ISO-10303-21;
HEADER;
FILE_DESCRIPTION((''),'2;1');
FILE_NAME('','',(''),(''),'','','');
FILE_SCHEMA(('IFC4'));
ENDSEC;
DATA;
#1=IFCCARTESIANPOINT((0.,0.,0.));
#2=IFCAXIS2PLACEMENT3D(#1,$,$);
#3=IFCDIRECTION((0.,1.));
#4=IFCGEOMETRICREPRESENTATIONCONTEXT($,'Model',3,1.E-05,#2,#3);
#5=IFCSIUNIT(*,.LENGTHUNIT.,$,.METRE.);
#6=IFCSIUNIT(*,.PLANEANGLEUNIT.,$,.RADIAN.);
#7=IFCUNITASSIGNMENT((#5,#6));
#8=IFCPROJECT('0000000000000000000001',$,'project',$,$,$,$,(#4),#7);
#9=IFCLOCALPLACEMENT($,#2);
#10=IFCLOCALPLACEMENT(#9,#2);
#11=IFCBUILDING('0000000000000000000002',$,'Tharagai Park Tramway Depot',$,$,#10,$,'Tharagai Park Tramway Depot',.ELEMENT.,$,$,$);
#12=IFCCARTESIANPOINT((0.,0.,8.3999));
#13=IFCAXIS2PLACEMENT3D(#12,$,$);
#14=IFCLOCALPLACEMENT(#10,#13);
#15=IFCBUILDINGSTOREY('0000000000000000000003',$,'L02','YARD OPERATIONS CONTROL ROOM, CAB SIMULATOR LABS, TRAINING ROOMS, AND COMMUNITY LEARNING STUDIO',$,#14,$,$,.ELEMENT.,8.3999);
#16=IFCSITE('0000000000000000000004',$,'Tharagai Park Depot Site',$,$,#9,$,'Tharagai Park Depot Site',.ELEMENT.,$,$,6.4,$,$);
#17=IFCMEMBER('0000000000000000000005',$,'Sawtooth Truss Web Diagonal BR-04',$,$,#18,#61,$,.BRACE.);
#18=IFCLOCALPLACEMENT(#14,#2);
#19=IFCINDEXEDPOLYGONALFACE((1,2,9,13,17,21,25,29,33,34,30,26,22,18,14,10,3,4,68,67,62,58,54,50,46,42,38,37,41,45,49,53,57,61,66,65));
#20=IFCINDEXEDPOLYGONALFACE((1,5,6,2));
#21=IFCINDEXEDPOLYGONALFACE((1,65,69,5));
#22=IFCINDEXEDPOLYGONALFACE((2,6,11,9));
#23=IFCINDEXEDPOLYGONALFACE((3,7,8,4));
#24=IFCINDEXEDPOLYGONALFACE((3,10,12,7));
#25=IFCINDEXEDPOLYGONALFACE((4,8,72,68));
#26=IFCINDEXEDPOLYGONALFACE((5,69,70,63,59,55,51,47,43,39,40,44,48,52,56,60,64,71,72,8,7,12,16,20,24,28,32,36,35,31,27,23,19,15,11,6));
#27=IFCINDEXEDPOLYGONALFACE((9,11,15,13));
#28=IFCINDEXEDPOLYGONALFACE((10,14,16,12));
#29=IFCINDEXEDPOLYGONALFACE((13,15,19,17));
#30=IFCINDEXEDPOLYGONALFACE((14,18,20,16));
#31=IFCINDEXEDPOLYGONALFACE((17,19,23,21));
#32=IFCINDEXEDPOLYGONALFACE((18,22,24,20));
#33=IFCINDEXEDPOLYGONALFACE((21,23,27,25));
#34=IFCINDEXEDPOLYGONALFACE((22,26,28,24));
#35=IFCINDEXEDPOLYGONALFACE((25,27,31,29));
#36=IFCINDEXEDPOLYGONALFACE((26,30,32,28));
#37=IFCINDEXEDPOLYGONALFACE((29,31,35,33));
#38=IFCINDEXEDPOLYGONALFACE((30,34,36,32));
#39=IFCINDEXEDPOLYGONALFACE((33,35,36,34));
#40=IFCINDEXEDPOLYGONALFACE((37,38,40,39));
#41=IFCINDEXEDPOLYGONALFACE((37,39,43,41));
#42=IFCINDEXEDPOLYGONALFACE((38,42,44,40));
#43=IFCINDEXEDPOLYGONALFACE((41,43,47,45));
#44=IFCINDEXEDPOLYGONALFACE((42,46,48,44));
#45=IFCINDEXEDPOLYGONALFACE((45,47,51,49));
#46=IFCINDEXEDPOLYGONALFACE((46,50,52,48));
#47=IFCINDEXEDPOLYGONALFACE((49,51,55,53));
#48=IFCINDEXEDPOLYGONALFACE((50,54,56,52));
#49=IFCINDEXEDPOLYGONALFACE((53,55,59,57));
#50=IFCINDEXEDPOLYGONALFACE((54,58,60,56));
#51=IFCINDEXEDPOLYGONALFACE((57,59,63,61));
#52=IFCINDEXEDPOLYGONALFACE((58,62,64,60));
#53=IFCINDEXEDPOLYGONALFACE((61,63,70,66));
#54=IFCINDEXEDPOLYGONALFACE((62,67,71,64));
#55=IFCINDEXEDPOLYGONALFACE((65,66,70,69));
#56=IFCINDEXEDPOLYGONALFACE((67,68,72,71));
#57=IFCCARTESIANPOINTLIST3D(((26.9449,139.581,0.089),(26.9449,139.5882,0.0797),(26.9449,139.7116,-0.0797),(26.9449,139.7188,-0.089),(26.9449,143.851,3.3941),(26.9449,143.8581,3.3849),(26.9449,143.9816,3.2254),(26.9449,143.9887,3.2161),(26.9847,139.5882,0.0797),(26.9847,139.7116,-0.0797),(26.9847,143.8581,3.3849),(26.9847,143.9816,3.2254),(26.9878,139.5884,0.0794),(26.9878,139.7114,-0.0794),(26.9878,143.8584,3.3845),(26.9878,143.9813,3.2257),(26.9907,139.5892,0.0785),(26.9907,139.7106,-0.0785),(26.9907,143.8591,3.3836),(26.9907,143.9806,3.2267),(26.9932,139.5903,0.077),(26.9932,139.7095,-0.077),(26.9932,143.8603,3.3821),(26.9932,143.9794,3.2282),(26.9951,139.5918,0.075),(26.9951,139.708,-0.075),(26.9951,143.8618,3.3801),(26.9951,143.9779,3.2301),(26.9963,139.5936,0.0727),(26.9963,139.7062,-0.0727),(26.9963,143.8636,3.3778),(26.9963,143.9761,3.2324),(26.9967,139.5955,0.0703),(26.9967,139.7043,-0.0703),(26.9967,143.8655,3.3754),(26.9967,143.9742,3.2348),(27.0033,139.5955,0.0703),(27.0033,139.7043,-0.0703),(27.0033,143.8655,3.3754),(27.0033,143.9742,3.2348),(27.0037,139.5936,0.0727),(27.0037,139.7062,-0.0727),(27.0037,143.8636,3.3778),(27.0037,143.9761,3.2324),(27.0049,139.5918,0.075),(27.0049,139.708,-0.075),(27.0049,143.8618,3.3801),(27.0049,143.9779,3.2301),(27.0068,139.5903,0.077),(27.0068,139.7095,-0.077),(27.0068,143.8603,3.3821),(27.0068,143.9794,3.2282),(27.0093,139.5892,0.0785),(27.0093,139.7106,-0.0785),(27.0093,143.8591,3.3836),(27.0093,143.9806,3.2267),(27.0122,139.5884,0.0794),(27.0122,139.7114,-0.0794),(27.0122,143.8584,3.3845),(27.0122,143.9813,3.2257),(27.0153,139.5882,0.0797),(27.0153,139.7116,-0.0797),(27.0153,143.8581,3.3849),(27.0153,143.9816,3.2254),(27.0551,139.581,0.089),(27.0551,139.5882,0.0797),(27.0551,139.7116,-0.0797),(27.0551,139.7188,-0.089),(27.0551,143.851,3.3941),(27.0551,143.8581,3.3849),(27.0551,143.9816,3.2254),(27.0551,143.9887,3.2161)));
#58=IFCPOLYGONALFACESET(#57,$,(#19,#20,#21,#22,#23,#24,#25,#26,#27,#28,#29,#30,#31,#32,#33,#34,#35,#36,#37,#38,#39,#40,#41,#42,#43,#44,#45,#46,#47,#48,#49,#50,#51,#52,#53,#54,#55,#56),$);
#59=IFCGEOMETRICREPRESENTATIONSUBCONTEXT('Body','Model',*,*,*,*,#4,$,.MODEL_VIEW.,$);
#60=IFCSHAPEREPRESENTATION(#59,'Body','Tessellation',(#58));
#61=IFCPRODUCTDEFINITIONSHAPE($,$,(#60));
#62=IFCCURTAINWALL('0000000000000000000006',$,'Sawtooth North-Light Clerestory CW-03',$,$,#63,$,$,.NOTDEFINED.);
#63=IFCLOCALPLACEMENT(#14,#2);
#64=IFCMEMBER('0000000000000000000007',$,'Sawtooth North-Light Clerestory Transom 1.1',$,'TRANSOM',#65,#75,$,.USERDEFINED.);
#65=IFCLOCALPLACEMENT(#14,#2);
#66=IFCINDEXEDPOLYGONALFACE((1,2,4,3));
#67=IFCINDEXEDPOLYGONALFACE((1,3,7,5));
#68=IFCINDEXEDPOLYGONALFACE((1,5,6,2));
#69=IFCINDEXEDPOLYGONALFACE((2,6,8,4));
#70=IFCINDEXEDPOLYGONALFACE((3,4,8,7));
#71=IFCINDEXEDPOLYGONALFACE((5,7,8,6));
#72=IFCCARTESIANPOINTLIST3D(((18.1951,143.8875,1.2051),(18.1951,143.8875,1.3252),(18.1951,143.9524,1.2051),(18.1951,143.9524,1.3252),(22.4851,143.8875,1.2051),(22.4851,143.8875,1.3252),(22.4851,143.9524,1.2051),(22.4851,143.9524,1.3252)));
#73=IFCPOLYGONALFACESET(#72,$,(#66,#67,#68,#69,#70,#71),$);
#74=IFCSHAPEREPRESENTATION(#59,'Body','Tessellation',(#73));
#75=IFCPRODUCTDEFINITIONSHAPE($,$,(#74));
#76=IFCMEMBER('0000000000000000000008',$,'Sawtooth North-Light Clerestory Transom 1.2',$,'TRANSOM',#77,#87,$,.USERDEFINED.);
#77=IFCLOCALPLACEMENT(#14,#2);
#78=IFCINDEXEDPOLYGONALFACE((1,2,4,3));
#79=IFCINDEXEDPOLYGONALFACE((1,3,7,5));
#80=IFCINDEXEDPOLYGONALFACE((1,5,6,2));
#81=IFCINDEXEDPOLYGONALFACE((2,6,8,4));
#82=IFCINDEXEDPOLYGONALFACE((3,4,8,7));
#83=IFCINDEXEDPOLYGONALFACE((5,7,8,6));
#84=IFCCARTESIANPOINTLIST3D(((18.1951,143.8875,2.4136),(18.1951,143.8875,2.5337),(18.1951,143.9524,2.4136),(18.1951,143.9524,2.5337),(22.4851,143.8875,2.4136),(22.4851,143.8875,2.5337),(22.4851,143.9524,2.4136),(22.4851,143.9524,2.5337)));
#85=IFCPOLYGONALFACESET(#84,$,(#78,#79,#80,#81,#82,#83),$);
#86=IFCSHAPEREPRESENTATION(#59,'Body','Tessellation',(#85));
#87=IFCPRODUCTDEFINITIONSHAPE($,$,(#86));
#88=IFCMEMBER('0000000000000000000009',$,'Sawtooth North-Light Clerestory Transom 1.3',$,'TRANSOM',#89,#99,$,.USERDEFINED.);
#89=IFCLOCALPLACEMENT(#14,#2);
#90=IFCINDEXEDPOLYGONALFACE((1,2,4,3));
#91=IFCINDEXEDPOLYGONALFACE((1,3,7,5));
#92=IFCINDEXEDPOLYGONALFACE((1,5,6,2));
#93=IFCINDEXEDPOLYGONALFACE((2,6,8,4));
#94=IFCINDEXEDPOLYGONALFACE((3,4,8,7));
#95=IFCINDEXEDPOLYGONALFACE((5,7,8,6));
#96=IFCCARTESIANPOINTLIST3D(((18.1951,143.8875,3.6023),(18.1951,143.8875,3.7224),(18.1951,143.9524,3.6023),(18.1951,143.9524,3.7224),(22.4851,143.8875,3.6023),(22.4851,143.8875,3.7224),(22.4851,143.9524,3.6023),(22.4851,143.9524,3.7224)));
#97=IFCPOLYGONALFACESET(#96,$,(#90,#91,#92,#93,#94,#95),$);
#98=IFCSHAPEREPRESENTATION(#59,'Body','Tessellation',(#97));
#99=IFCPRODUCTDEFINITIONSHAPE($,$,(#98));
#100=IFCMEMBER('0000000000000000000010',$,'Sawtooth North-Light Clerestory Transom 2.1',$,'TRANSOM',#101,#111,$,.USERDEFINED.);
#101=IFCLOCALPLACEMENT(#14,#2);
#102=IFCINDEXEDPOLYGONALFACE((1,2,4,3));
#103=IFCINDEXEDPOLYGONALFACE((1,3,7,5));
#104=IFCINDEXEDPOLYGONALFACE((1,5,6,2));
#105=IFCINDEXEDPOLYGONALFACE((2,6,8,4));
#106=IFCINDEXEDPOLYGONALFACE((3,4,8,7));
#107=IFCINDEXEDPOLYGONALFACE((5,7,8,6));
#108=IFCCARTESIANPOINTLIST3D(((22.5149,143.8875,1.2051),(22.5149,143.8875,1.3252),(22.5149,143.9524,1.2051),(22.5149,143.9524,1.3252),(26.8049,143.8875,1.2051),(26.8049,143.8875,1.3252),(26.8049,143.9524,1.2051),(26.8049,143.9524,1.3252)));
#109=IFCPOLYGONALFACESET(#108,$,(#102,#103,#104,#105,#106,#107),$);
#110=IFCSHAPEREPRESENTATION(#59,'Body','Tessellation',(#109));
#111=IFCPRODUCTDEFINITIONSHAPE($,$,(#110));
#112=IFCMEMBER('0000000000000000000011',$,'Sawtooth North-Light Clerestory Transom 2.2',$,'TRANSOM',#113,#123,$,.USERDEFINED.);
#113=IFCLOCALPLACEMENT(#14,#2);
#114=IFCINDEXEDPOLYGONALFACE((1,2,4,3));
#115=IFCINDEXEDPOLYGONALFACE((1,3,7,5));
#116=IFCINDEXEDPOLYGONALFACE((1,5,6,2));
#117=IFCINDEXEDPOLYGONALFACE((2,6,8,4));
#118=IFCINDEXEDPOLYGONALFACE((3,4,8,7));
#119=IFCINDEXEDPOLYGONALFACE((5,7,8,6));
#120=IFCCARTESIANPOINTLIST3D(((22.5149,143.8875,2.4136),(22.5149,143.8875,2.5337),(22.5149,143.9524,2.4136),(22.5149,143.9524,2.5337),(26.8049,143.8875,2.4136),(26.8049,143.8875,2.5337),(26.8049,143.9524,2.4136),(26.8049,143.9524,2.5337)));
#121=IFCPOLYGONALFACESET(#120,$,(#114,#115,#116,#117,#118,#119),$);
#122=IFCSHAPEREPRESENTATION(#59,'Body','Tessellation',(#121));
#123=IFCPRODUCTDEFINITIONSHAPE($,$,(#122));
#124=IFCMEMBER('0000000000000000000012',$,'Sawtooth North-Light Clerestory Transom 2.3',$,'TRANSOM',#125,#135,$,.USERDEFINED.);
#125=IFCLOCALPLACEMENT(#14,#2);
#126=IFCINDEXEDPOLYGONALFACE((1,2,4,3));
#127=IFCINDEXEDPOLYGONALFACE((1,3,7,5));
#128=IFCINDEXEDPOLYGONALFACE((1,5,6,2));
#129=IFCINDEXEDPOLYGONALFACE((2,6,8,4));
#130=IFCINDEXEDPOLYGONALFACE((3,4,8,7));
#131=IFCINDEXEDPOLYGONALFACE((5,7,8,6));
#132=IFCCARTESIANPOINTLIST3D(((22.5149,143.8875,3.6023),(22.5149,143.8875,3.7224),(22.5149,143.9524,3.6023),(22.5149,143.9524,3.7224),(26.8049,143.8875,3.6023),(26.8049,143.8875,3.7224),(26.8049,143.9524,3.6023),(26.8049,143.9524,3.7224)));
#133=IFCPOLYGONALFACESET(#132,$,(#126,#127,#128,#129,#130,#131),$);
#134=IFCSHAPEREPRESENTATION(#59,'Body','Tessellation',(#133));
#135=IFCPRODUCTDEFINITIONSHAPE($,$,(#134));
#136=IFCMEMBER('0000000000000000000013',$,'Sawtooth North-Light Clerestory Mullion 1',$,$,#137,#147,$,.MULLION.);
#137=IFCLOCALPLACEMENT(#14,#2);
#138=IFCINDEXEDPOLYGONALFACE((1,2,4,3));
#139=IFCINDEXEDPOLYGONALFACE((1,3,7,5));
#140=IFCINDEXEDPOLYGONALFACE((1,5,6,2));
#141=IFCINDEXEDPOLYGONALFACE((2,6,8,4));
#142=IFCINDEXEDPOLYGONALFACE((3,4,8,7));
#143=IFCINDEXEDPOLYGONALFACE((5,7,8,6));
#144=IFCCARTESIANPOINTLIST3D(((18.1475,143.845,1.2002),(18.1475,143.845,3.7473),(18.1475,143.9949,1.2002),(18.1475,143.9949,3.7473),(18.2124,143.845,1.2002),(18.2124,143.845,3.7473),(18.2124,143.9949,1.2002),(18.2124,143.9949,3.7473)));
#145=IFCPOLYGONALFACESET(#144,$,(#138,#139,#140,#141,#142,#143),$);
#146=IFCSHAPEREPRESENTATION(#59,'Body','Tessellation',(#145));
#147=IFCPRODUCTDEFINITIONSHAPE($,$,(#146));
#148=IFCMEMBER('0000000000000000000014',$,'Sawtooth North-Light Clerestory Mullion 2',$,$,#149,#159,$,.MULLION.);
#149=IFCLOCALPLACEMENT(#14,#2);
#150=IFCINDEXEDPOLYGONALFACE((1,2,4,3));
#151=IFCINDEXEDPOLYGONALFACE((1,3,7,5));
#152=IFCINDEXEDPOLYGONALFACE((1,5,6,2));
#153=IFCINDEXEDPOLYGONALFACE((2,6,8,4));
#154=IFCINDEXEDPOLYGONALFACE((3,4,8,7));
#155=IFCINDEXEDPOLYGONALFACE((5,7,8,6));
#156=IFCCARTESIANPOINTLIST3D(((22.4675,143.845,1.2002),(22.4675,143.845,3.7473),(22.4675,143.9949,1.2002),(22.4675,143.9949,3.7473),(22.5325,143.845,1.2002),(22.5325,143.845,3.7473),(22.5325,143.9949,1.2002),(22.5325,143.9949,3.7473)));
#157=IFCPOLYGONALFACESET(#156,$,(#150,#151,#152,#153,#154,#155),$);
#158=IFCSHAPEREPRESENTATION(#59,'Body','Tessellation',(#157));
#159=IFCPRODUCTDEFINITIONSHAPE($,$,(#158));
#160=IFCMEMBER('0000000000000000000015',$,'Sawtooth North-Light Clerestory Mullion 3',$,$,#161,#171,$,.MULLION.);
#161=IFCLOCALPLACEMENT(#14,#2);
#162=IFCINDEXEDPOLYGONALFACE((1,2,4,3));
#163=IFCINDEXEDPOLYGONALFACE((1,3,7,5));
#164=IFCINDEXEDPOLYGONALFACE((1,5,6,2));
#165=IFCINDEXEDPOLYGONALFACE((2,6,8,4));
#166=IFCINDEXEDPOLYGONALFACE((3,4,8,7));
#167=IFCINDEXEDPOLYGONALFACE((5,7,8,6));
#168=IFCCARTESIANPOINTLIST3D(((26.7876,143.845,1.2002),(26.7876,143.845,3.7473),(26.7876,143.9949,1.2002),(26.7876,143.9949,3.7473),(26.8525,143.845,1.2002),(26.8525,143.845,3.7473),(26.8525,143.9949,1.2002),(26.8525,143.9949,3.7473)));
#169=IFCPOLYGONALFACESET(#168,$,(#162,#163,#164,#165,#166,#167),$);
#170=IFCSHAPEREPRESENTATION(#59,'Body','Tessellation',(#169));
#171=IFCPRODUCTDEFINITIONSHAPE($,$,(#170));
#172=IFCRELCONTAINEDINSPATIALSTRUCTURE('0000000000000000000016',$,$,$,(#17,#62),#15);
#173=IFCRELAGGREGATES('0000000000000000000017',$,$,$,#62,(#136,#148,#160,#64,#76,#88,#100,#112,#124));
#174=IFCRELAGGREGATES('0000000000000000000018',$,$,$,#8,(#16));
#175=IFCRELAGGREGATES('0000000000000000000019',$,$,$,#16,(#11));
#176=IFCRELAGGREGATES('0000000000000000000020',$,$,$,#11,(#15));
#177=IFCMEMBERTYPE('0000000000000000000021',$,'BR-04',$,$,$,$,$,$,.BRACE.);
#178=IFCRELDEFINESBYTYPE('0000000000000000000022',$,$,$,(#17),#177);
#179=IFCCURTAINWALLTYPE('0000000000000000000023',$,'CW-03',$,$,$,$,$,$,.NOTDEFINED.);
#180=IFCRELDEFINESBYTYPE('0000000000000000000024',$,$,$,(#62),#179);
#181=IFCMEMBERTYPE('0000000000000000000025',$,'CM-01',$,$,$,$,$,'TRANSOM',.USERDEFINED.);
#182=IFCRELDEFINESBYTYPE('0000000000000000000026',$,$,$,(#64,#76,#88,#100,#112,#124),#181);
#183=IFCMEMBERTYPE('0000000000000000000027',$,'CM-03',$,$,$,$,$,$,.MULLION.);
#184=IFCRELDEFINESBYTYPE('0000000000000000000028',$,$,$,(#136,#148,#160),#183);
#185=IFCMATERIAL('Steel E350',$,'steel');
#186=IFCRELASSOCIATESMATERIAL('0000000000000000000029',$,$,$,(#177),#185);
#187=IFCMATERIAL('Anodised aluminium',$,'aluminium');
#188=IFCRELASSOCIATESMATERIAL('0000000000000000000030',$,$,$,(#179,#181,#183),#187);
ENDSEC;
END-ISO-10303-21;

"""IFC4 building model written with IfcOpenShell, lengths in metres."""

from ifc_helpers import new_model, si_unit, direction, frame, origin, origin_2d, place, context, subcontext, project, spatial, rectangle, i_section, extrude, material, material_profile, profile_set, type_object, element, aggregate, save


model = new_model("IFC4")

# Units and contexts
model_context = context("Model", 3, precision=1e-05, world=origin(), true_north=direction((0.0, 1.0)))
body_context = subcontext(model_context, "Body", "Model", "MODEL_VIEW")
ifc_project = project(units=[si_unit("LENGTHUNIT", "METRE"), si_unit("PLANEANGLEUNIT", "RADIAN")], contexts=[model_context])

# Site, building, storey
site_placement = place(None, origin())
site = spatial("IfcSite", under=ifc_project, at=site_placement, Name="Tharagai Park Depot Site", LongName="Tharagai Park Depot Site", CompositionType="ELEMENT", RefElevation=6.4)
building_placement = place(site_placement, origin())
building = spatial("IfcBuilding", under=site, at=building_placement, Name="Tharagai Park Tramway Depot", LongName="Tharagai Park Tramway Depot", CompositionType="ELEMENT")
storey_placement = place(building_placement, frame((0.0, 0.0, 8.3999)))
storey = spatial("IfcBuildingStorey", under=building, at=storey_placement, Name="L02", Description="YARD OPERATIONS CONTROL ROOM, CAB SIMULATOR LABS, TRAINING ROOMS, AND COMMUNITY LEARNING STUDIO", CompositionType="ELEMENT", Elevation=8.3999)

# Shared definitions
ifc_material_1 = material(Name="Steel E350", Category="steel")

# Member
ifc_material_profile_1 = material_profile(ifc_material_1, i_section(OverallWidth=0.1101, OverallDepth=0.2251, WebThickness=0.0066, FlangeThickness=0.0117, FilletRadius=0.012, at=origin_2d()), Name="ISMB 225")
ifc_profile_set_1 = profile_set([ifc_material_profile_1], Name="Steel E350")
member_type_1 = type_object("IfcMemberType", Name="BR-04", PredefinedType="BRACE", material=ifc_profile_set_1)
for number, where, z_axis, x_axis, name in (
    (1, (27.0, 139.6499, 0.0), (0.0, 0.790782, 0.612098), (-1.0, 0.0, 0.0), "Sawtooth Truss Web Diagonal BR-04"),
):
    element("IfcMember", number, at=place(storey_placement, frame(where, z_axis=z_axis, x_axis=x_axis)), inside=storey, type_object=member_type_1, Name=name, PredefinedType="BRACE", context=body_context, shape_type="SweptSolid", body=[
        extrude(i_section(OverallWidth=0.1101, OverallDepth=0.2251, WebThickness=0.0066, FlangeThickness=0.0117, FilletRadius=0.012, at=origin_2d()), origin(), (0.0, 0.0, 1.0), 5.3997),
    ])

# Curtain wall, members
ifc_material_2 = material(Name="Anodised aluminium", Category="aluminium")
curtain_wall_type = type_object("IfcCurtainWallType", Name="CW-03", PredefinedType="NOTDEFINED", material=ifc_material_2)
curtain_wall_placement = place(storey_placement, origin())
curtain_wall = element("IfcCurtainWall", 2, at=curtain_wall_placement, inside=storey, type_object=curtain_wall_type, Name="Sawtooth North-Light Clerestory CW-03", PredefinedType="NOTDEFINED")
ifc_material_profile_2 = material_profile(ifc_material_2, rectangle(XDim=0.0649, YDim=0.1201, at=origin_2d()), Name="ALU 65x120")
ifc_profile_set_2 = profile_set([ifc_material_profile_2], Name="Anodised aluminium")
member_type_2 = type_object("IfcMemberType", Name="CM-01", ElementType="TRANSOM", PredefinedType="USERDEFINED", material=ifc_profile_set_2)
member_1_placement = place(storey_placement, frame((18.1951, 143.9199, 1.2651), z_axis=(1.0, 0.0, 0.0), x_axis=(0.0, 1.0, 0.0)))
member_1 = element("IfcMember", 3, at=member_1_placement, type_object=member_type_2, Name="Sawtooth North-Light Clerestory Transom 1.1", ObjectType="TRANSOM", PredefinedType="USERDEFINED", context=body_context, shape_type="SweptSolid", body=[
    extrude(rectangle(XDim=0.0649, YDim=0.1201, at=origin_2d()), origin(), (0.0, 0.0, 1.0), 4.29),
])
member_2_placement = place(storey_placement, frame((18.1951, 143.9199, 2.4736), z_axis=(1.0, 0.0, 0.0), x_axis=(0.0, 1.0, 0.0)))
member_2 = element("IfcMember", 4, at=member_2_placement, type_object=member_type_2, Name="Sawtooth North-Light Clerestory Transom 1.2", ObjectType="TRANSOM", PredefinedType="USERDEFINED", context=body_context, shape_type="SweptSolid", body=[
    extrude(rectangle(XDim=0.0649, YDim=0.1201, at=origin_2d()), origin(), (0.0, 0.0, 1.0), 4.29),
])
member_3_placement = place(storey_placement, frame((18.1951, 143.9199, 3.6624), z_axis=(1.0, 0.0, 0.0), x_axis=(0.0, 1.0, 0.0)))
member_3 = element("IfcMember", 5, at=member_3_placement, type_object=member_type_2, Name="Sawtooth North-Light Clerestory Transom 1.3", ObjectType="TRANSOM", PredefinedType="USERDEFINED", context=body_context, shape_type="SweptSolid", body=[
    extrude(rectangle(XDim=0.0649, YDim=0.1201, at=origin_2d()), origin(), (0.0, 0.0, 1.0), 4.29),
])
member_4_placement = place(storey_placement, frame((22.5149, 143.9199, 1.2651), z_axis=(1.0, 0.0, 0.0), x_axis=(0.0, 1.0, 0.0)))
member_4 = element("IfcMember", 6, at=member_4_placement, type_object=member_type_2, Name="Sawtooth North-Light Clerestory Transom 2.1", ObjectType="TRANSOM", PredefinedType="USERDEFINED", context=body_context, shape_type="SweptSolid", body=[
    extrude(rectangle(XDim=0.0649, YDim=0.1201, at=origin_2d()), origin(), (0.0, 0.0, 1.0), 4.29),
])
member_5_placement = place(storey_placement, frame((22.5149, 143.9199, 2.4736), z_axis=(1.0, 0.0, 0.0), x_axis=(0.0, 1.0, 0.0)))
member_5 = element("IfcMember", 7, at=member_5_placement, type_object=member_type_2, Name="Sawtooth North-Light Clerestory Transom 2.2", ObjectType="TRANSOM", PredefinedType="USERDEFINED", context=body_context, shape_type="SweptSolid", body=[
    extrude(rectangle(XDim=0.0649, YDim=0.1201, at=origin_2d()), origin(), (0.0, 0.0, 1.0), 4.29),
])
member_6_placement = place(storey_placement, frame((22.5149, 143.9199, 3.6624), z_axis=(1.0, 0.0, 0.0), x_axis=(0.0, 1.0, 0.0)))
member_6 = element("IfcMember", 8, at=member_6_placement, type_object=member_type_2, Name="Sawtooth North-Light Clerestory Transom 2.3", ObjectType="TRANSOM", PredefinedType="USERDEFINED", context=body_context, shape_type="SweptSolid", body=[
    extrude(rectangle(XDim=0.0649, YDim=0.1201, at=origin_2d()), origin(), (0.0, 0.0, 1.0), 4.29),
])
ifc_material_profile_3 = material_profile(ifc_material_2, rectangle(XDim=0.0649, YDim=0.1499, at=origin_2d()), Name="ALU 65x150")
ifc_profile_set_3 = profile_set([ifc_material_profile_3], Name="Anodised aluminium")
member_type_3 = type_object("IfcMemberType", Name="CM-03", PredefinedType="MULLION", material=ifc_profile_set_3)
member_7_placement = place(storey_placement, frame((18.1799, 143.9199, 1.2002), z_axis=(0.0, 0.0, 1.0), x_axis=(1.0, 0.0, 0.0)))
member_7 = element("IfcMember", 9, at=member_7_placement, type_object=member_type_3, Name="Sawtooth North-Light Clerestory Mullion 1", PredefinedType="MULLION", context=body_context, shape_type="SweptSolid", body=[
    extrude(rectangle(XDim=0.0649, YDim=0.1499, at=origin_2d()), origin(), (0.0, 0.0, 1.0), 2.5471),
])
member_8_placement = place(storey_placement, frame((22.5, 143.9199, 1.2002), z_axis=(0.0, 0.0, 1.0), x_axis=(1.0, 0.0, 0.0)))
member_8 = element("IfcMember", 10, at=member_8_placement, type_object=member_type_3, Name="Sawtooth North-Light Clerestory Mullion 2", PredefinedType="MULLION", context=body_context, shape_type="SweptSolid", body=[
    extrude(rectangle(XDim=0.0649, YDim=0.1499, at=origin_2d()), origin(), (0.0, 0.0, 1.0), 2.5471),
])
member_9_placement = place(storey_placement, frame((26.8201, 143.9199, 1.2002), z_axis=(0.0, 0.0, 1.0), x_axis=(1.0, 0.0, 0.0)))
member_9 = element("IfcMember", 11, at=member_9_placement, type_object=member_type_3, Name="Sawtooth North-Light Clerestory Mullion 3", PredefinedType="MULLION", context=body_context, shape_type="SweptSolid", body=[
    extrude(rectangle(XDim=0.0649, YDim=0.1499, at=origin_2d()), origin(), (0.0, 0.0, 1.0), 2.5471),
])

aggregate(curtain_wall, [member_7, member_8, member_9, member_1, member_2, member_3, member_4, member_5, member_6])

save(model, "model.ifc")
